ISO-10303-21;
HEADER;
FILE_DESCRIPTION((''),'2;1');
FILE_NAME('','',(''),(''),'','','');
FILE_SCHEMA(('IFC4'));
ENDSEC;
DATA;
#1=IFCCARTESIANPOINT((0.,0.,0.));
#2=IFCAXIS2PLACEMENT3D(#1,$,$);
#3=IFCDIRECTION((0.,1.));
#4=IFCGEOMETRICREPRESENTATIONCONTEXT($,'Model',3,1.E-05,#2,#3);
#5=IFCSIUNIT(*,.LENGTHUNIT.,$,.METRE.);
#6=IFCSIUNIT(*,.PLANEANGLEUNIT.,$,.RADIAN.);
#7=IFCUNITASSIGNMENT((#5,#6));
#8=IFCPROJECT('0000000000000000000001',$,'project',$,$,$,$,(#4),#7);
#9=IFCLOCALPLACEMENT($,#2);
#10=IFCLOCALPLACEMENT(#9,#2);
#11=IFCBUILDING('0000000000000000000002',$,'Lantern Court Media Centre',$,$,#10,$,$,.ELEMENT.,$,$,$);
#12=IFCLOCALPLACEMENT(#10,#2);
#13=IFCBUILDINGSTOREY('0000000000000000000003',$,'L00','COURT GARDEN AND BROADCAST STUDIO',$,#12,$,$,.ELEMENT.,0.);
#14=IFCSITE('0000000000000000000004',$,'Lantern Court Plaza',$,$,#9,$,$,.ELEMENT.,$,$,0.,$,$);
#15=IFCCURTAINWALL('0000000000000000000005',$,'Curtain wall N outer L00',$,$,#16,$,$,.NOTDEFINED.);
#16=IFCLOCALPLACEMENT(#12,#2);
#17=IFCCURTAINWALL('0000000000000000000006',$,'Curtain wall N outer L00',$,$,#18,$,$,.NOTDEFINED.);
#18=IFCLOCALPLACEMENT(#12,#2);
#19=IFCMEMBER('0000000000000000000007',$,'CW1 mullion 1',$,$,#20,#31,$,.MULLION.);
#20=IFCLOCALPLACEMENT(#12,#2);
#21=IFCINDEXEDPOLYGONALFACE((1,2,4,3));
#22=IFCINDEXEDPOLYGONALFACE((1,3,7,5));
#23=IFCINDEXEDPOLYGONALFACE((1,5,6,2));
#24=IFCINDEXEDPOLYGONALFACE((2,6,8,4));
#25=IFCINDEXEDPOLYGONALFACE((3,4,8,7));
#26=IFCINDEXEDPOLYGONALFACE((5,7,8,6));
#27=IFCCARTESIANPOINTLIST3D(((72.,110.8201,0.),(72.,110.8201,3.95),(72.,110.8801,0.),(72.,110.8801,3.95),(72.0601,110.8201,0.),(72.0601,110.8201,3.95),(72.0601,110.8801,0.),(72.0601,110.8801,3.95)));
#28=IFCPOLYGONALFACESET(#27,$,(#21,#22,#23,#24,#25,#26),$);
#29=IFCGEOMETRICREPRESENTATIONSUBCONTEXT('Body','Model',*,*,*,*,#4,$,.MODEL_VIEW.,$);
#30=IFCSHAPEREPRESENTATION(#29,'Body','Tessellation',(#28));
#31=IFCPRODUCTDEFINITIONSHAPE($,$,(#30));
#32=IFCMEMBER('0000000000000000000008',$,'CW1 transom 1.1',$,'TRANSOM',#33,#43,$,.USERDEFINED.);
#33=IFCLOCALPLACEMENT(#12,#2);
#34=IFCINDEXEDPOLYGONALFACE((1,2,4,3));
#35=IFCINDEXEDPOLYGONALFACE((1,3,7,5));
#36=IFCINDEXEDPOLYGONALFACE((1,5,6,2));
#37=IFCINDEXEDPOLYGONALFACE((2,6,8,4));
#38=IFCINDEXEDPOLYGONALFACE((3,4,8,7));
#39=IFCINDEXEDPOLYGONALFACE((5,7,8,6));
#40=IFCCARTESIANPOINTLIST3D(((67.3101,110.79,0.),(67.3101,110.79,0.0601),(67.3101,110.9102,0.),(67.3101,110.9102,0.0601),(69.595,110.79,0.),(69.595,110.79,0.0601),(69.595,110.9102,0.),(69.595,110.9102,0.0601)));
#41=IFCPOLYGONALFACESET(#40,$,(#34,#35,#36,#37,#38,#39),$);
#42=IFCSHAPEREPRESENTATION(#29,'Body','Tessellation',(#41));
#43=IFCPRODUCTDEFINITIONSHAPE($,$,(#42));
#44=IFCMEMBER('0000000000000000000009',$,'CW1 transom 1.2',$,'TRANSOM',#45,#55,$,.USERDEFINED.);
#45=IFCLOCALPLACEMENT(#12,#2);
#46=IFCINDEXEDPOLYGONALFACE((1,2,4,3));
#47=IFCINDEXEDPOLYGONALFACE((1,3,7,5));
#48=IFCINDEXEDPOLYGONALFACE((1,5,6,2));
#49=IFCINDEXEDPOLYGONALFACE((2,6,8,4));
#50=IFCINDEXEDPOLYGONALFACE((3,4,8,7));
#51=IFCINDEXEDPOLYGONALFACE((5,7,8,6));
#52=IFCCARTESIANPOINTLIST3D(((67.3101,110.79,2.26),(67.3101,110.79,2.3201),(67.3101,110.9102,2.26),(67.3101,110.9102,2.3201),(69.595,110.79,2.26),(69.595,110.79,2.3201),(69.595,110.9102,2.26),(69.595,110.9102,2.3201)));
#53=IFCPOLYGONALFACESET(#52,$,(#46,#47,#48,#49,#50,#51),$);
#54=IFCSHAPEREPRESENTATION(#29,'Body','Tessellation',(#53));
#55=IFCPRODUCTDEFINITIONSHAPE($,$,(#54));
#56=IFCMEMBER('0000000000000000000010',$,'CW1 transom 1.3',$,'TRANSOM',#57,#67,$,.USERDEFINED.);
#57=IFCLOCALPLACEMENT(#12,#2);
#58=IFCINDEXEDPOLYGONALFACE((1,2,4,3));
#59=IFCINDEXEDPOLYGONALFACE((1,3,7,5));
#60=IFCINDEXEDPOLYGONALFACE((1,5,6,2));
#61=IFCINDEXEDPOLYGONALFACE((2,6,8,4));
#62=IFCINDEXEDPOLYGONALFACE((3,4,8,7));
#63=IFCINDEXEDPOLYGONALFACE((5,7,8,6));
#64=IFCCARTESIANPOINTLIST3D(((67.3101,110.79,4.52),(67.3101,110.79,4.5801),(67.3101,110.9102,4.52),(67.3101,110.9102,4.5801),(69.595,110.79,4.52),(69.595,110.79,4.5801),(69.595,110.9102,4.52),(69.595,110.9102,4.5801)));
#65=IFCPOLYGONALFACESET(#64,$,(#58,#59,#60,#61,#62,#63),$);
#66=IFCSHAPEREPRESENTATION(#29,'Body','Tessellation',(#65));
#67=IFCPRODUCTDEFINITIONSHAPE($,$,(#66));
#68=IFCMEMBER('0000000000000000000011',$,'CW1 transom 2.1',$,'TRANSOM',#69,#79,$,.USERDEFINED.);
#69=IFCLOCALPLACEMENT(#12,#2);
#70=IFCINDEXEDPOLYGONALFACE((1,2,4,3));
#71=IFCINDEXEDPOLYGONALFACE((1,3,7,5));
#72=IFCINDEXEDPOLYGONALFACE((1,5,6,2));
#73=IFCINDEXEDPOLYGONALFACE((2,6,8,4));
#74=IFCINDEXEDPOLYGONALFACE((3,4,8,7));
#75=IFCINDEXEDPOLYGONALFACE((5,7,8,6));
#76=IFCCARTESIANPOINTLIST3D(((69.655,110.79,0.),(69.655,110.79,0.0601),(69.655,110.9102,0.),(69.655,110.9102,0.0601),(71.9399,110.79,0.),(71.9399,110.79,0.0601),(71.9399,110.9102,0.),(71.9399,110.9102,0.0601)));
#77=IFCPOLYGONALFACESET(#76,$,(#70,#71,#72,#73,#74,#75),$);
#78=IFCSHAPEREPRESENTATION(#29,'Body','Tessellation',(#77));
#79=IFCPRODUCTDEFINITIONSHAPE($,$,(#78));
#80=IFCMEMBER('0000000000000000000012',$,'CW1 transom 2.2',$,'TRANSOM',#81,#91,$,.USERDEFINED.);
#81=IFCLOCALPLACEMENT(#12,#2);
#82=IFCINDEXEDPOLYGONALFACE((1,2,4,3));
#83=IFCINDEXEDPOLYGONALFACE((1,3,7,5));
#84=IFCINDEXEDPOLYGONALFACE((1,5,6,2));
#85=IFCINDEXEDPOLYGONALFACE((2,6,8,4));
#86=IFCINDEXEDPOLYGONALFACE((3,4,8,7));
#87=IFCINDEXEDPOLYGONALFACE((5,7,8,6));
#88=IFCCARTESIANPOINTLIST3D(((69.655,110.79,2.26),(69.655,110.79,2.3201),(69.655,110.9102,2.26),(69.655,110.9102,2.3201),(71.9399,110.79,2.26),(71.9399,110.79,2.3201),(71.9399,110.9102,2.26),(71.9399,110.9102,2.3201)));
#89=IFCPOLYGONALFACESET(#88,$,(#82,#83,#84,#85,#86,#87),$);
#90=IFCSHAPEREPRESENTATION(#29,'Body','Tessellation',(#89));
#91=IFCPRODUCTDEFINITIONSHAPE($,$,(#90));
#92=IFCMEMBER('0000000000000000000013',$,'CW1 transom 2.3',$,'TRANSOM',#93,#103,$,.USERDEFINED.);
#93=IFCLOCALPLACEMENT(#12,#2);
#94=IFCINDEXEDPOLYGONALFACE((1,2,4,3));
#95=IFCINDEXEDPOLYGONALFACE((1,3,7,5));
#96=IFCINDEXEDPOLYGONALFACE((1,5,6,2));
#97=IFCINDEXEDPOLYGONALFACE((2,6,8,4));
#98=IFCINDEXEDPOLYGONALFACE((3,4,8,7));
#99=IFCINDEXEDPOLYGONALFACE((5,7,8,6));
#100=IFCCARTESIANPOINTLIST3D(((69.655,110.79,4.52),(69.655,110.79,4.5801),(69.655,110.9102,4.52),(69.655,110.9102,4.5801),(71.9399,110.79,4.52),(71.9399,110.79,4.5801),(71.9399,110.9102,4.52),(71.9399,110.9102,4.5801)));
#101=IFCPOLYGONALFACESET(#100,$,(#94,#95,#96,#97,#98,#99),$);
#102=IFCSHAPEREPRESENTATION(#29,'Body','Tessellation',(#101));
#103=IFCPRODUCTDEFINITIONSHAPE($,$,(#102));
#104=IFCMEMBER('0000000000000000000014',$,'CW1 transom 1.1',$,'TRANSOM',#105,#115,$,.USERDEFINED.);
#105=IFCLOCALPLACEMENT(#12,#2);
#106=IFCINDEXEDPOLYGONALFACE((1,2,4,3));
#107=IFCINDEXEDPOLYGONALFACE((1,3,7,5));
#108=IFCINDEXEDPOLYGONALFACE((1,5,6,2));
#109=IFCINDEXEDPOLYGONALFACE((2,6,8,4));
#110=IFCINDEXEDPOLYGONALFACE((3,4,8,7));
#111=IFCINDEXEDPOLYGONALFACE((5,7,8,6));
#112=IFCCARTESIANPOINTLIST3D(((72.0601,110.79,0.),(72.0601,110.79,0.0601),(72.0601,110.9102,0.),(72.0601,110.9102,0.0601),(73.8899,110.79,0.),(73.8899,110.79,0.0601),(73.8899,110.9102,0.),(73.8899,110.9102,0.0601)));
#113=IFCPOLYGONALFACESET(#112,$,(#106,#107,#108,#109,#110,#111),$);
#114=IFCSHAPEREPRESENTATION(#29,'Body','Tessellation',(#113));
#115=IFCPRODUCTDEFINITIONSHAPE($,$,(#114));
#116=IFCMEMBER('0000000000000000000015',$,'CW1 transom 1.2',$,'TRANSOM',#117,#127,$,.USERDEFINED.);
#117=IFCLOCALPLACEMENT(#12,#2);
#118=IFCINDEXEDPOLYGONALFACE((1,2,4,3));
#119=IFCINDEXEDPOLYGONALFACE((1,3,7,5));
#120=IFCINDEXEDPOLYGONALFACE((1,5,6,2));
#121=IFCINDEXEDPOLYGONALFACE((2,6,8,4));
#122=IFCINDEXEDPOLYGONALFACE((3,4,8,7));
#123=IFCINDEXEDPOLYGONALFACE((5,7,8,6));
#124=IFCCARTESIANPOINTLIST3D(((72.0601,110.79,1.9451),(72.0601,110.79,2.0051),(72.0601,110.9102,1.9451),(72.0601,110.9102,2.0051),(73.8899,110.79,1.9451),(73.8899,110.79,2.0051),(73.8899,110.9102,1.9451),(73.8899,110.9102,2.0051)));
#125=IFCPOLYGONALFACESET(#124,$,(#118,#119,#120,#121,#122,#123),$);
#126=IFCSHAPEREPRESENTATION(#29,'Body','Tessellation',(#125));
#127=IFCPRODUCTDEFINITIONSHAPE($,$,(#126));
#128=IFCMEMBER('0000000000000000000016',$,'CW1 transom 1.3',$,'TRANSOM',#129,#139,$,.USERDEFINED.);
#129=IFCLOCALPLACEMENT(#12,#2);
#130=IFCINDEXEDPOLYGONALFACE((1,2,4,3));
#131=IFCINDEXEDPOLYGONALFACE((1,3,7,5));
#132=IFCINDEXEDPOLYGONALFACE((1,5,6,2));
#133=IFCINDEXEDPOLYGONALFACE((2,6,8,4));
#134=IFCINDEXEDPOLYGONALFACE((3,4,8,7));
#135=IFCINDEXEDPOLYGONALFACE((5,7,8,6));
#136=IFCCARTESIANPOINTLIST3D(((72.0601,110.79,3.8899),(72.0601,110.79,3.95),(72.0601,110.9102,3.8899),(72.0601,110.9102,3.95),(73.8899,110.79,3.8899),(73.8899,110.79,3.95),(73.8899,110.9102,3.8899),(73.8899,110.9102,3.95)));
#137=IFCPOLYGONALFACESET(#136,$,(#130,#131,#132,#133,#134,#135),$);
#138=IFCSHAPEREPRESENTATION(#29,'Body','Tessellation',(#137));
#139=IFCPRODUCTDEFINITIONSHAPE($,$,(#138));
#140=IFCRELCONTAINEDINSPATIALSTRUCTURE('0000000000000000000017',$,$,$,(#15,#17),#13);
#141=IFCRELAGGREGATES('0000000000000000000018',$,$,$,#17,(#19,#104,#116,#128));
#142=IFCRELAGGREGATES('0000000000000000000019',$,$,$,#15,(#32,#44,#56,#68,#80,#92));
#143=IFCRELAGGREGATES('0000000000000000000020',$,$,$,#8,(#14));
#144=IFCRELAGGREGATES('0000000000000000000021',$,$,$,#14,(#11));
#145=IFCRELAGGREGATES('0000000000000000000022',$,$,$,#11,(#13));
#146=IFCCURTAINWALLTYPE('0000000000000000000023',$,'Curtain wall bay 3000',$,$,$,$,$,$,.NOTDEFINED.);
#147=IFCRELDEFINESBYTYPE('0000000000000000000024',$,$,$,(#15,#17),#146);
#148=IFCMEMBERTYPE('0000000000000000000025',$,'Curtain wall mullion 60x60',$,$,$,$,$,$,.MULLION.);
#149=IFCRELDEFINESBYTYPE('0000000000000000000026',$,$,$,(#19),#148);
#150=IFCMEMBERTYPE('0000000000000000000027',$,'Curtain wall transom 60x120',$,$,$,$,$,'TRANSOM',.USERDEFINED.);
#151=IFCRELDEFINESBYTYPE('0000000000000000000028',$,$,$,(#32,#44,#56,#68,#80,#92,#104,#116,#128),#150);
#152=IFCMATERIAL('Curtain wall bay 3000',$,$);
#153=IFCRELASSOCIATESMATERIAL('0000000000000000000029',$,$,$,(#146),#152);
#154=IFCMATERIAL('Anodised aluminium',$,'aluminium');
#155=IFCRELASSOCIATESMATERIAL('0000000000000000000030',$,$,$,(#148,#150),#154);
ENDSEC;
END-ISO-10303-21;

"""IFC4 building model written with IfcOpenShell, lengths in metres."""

from ifc_helpers import new_model, si_unit, direction, frame, origin, origin_2d, place, context, subcontext, project, spatial, rectangle, extrude, material, material_profile, profile_set, type_object, element, aggregate, save


model = new_model("IFC4")

# Units and contexts
model_context = context("Model", 3, precision=1e-05, world=origin(), true_north=direction((0.0, 1.0)))
body_context = subcontext(model_context, "Body", "Model", "MODEL_VIEW")
ifc_project = project(units=[si_unit("LENGTHUNIT", "METRE"), si_unit("PLANEANGLEUNIT", "RADIAN")], contexts=[model_context])

# Site, building, storey
site_placement = place(None, origin())
site = spatial("IfcSite", under=ifc_project, at=site_placement, Name="Lantern Court Plaza", CompositionType="ELEMENT", RefElevation=0.0)
building_placement = place(site_placement, origin())
building = spatial("IfcBuilding", under=site, at=building_placement, Name="Lantern Court Media Centre", CompositionType="ELEMENT")
storey_placement = place(building_placement, origin())
storey = spatial("IfcBuildingStorey", under=building, at=storey_placement, Name="L00", Description="COURT GARDEN AND BROADCAST STUDIO", CompositionType="ELEMENT", Elevation=0.0)

# Curtain wall
ifc_material_1 = material(Name="Curtain wall bay 3000")
curtain_wall_type = type_object("IfcCurtainWallType", Name="Curtain wall bay 3000", PredefinedType="NOTDEFINED", material=ifc_material_1)
curtain_wall_1_placement = place(storey_placement, origin())
curtain_wall_1 = element("IfcCurtainWall", 1, at=curtain_wall_1_placement, inside=storey, type_object=curtain_wall_type, Name="Curtain wall N outer L00", PredefinedType="NOTDEFINED")
ifc_material_2 = material(Name="Anodised aluminium", Category="aluminium")
ifc_material_profile_1 = material_profile(ifc_material_2, rectangle(XDim=0.0601, YDim=0.0601, at=origin_2d()), Name="AL 60x60")
ifc_profile_set_1 = profile_set([ifc_material_profile_1], Name="Anodised aluminium")
member_type_1 = type_object("IfcMemberType", Name="Curtain wall mullion 60x60", PredefinedType="MULLION", material=ifc_profile_set_1)

# Curtain wall, member
curtain_wall_2_placement = place(storey_placement, origin())
curtain_wall_2 = element("IfcCurtainWall", 2, at=curtain_wall_2_placement, inside=storey, type_object=curtain_wall_type, Name="Curtain wall N outer L00", PredefinedType="NOTDEFINED")
member_1_placement = place(storey_placement, frame((72.03, 110.8501, 0.0), z_axis=(0.0, 0.0, 1.0), x_axis=(0.0, 1.0, 0.0)))
member_1 = element("IfcMember", 3, at=member_1_placement, type_object=member_type_1, Name="CW1 mullion 1", PredefinedType="MULLION", context=body_context, shape_type="SweptSolid", body=[
    extrude(rectangle(XDim=0.0601, YDim=0.0601, at=origin_2d()), origin(), (0.0, 0.0, 1.0), 3.95),
])

# Members
ifc_material_profile_2 = material_profile(ifc_material_2, rectangle(XDim=0.1201, YDim=0.0601, at=origin_2d()), Name="AL 60x120")
ifc_profile_set_2 = profile_set([ifc_material_profile_2], Name="Anodised aluminium")
member_type_2 = type_object("IfcMemberType", Name="Curtain wall transom 60x120", ElementType="TRANSOM", PredefinedType="USERDEFINED", material=ifc_profile_set_2)
member_2_placement = place(storey_placement, frame((67.3101, 110.8501, 0.03), z_axis=(1.0, 0.0, 0.0), x_axis=(0.0, 1.0, 0.0)))
member_2 = element("IfcMember", 4, at=member_2_placement, type_object=member_type_2, Name="CW1 transom 1.1", ObjectType="TRANSOM", PredefinedType="USERDEFINED", context=body_context, shape_type="SweptSolid", body=[
    extrude(rectangle(XDim=0.1201, YDim=0.0601, at=origin_2d()), origin(), (0.0, 0.0, 1.0), 2.2849),
])
member_3_placement = place(storey_placement, frame((67.3101, 110.8501, 2.29), z_axis=(1.0, 0.0, 0.0), x_axis=(0.0, 1.0, 0.0)))
member_3 = element("IfcMember", 5, at=member_3_placement, type_object=member_type_2, Name="CW1 transom 1.2", ObjectType="TRANSOM", PredefinedType="USERDEFINED", context=body_context, shape_type="SweptSolid", body=[
    extrude(rectangle(XDim=0.1201, YDim=0.0601, at=origin_2d()), origin(), (0.0, 0.0, 1.0), 2.2849),
])
member_4_placement = place(storey_placement, frame((67.3101, 110.8501, 4.55), z_axis=(1.0, 0.0, 0.0), x_axis=(0.0, 1.0, 0.0)))
member_4 = element("IfcMember", 6, at=member_4_placement, type_object=member_type_2, Name="CW1 transom 1.3", ObjectType="TRANSOM", PredefinedType="USERDEFINED", context=body_context, shape_type="SweptSolid", body=[
    extrude(rectangle(XDim=0.1201, YDim=0.0601, at=origin_2d()), origin(), (0.0, 0.0, 1.0), 2.2849),
])
member_5_placement = place(storey_placement, frame((69.655, 110.8501, 0.03), z_axis=(1.0, 0.0, 0.0), x_axis=(0.0, 1.0, 0.0)))
member_5 = element("IfcMember", 7, at=member_5_placement, type_object=member_type_2, Name="CW1 transom 2.1", ObjectType="TRANSOM", PredefinedType="USERDEFINED", context=body_context, shape_type="SweptSolid", body=[
    extrude(rectangle(XDim=0.1201, YDim=0.0601, at=origin_2d()), origin(), (0.0, 0.0, 1.0), 2.2849),
])
member_6_placement = place(storey_placement, frame((69.655, 110.8501, 2.29), z_axis=(1.0, 0.0, 0.0), x_axis=(0.0, 1.0, 0.0)))
member_6 = element("IfcMember", 8, at=member_6_placement, type_object=member_type_2, Name="CW1 transom 2.2", ObjectType="TRANSOM", PredefinedType="USERDEFINED", context=body_context, shape_type="SweptSolid", body=[
    extrude(rectangle(XDim=0.1201, YDim=0.0601, at=origin_2d()), origin(), (0.0, 0.0, 1.0), 2.2849),
])
member_7_placement = place(storey_placement, frame((69.655, 110.8501, 4.55), z_axis=(1.0, 0.0, 0.0), x_axis=(0.0, 1.0, 0.0)))
member_7 = element("IfcMember", 9, at=member_7_placement, type_object=member_type_2, Name="CW1 transom 2.3", ObjectType="TRANSOM", PredefinedType="USERDEFINED", context=body_context, shape_type="SweptSolid", body=[
    extrude(rectangle(XDim=0.1201, YDim=0.0601, at=origin_2d()), origin(), (0.0, 0.0, 1.0), 2.2849),
])
member_8_placement = place(storey_placement, frame((72.0601, 110.8501, 0.03), z_axis=(1.0, 0.0, 0.0), x_axis=(0.0, 1.0, 0.0)))
member_8 = element("IfcMember", 10, at=member_8_placement, type_object=member_type_2, Name="CW1 transom 1.1", ObjectType="TRANSOM", PredefinedType="USERDEFINED", context=body_context, shape_type="SweptSolid", body=[
    extrude(rectangle(XDim=0.1201, YDim=0.0601, at=origin_2d()), origin(), (0.0, 0.0, 1.0), 1.8298),
])
member_9_placement = place(storey_placement, frame((72.0601, 110.8501, 1.9751), z_axis=(1.0, 0.0, 0.0), x_axis=(0.0, 1.0, 0.0)))
member_9 = element("IfcMember", 11, at=member_9_placement, type_object=member_type_2, Name="CW1 transom 1.2", ObjectType="TRANSOM", PredefinedType="USERDEFINED", context=body_context, shape_type="SweptSolid", body=[
    extrude(rectangle(XDim=0.1201, YDim=0.0601, at=origin_2d()), origin(), (0.0, 0.0, 1.0), 1.8298),
])
member_10_placement = place(storey_placement, frame((72.0601, 110.8501, 3.9199), z_axis=(1.0, 0.0, 0.0), x_axis=(0.0, 1.0, 0.0)))
member_10 = element("IfcMember", 12, at=member_10_placement, type_object=member_type_2, Name="CW1 transom 1.3", ObjectType="TRANSOM", PredefinedType="USERDEFINED", context=body_context, shape_type="SweptSolid", body=[
    extrude(rectangle(XDim=0.1201, YDim=0.0601, at=origin_2d()), origin(), (0.0, 0.0, 1.0), 1.8298),
])
aggregate(curtain_wall_2, [member_1, member_8, member_9, member_10])

aggregate(curtain_wall_1, [member_2, member_3, member_4, member_5, member_6, member_7])

save(model, "model.ifc")
